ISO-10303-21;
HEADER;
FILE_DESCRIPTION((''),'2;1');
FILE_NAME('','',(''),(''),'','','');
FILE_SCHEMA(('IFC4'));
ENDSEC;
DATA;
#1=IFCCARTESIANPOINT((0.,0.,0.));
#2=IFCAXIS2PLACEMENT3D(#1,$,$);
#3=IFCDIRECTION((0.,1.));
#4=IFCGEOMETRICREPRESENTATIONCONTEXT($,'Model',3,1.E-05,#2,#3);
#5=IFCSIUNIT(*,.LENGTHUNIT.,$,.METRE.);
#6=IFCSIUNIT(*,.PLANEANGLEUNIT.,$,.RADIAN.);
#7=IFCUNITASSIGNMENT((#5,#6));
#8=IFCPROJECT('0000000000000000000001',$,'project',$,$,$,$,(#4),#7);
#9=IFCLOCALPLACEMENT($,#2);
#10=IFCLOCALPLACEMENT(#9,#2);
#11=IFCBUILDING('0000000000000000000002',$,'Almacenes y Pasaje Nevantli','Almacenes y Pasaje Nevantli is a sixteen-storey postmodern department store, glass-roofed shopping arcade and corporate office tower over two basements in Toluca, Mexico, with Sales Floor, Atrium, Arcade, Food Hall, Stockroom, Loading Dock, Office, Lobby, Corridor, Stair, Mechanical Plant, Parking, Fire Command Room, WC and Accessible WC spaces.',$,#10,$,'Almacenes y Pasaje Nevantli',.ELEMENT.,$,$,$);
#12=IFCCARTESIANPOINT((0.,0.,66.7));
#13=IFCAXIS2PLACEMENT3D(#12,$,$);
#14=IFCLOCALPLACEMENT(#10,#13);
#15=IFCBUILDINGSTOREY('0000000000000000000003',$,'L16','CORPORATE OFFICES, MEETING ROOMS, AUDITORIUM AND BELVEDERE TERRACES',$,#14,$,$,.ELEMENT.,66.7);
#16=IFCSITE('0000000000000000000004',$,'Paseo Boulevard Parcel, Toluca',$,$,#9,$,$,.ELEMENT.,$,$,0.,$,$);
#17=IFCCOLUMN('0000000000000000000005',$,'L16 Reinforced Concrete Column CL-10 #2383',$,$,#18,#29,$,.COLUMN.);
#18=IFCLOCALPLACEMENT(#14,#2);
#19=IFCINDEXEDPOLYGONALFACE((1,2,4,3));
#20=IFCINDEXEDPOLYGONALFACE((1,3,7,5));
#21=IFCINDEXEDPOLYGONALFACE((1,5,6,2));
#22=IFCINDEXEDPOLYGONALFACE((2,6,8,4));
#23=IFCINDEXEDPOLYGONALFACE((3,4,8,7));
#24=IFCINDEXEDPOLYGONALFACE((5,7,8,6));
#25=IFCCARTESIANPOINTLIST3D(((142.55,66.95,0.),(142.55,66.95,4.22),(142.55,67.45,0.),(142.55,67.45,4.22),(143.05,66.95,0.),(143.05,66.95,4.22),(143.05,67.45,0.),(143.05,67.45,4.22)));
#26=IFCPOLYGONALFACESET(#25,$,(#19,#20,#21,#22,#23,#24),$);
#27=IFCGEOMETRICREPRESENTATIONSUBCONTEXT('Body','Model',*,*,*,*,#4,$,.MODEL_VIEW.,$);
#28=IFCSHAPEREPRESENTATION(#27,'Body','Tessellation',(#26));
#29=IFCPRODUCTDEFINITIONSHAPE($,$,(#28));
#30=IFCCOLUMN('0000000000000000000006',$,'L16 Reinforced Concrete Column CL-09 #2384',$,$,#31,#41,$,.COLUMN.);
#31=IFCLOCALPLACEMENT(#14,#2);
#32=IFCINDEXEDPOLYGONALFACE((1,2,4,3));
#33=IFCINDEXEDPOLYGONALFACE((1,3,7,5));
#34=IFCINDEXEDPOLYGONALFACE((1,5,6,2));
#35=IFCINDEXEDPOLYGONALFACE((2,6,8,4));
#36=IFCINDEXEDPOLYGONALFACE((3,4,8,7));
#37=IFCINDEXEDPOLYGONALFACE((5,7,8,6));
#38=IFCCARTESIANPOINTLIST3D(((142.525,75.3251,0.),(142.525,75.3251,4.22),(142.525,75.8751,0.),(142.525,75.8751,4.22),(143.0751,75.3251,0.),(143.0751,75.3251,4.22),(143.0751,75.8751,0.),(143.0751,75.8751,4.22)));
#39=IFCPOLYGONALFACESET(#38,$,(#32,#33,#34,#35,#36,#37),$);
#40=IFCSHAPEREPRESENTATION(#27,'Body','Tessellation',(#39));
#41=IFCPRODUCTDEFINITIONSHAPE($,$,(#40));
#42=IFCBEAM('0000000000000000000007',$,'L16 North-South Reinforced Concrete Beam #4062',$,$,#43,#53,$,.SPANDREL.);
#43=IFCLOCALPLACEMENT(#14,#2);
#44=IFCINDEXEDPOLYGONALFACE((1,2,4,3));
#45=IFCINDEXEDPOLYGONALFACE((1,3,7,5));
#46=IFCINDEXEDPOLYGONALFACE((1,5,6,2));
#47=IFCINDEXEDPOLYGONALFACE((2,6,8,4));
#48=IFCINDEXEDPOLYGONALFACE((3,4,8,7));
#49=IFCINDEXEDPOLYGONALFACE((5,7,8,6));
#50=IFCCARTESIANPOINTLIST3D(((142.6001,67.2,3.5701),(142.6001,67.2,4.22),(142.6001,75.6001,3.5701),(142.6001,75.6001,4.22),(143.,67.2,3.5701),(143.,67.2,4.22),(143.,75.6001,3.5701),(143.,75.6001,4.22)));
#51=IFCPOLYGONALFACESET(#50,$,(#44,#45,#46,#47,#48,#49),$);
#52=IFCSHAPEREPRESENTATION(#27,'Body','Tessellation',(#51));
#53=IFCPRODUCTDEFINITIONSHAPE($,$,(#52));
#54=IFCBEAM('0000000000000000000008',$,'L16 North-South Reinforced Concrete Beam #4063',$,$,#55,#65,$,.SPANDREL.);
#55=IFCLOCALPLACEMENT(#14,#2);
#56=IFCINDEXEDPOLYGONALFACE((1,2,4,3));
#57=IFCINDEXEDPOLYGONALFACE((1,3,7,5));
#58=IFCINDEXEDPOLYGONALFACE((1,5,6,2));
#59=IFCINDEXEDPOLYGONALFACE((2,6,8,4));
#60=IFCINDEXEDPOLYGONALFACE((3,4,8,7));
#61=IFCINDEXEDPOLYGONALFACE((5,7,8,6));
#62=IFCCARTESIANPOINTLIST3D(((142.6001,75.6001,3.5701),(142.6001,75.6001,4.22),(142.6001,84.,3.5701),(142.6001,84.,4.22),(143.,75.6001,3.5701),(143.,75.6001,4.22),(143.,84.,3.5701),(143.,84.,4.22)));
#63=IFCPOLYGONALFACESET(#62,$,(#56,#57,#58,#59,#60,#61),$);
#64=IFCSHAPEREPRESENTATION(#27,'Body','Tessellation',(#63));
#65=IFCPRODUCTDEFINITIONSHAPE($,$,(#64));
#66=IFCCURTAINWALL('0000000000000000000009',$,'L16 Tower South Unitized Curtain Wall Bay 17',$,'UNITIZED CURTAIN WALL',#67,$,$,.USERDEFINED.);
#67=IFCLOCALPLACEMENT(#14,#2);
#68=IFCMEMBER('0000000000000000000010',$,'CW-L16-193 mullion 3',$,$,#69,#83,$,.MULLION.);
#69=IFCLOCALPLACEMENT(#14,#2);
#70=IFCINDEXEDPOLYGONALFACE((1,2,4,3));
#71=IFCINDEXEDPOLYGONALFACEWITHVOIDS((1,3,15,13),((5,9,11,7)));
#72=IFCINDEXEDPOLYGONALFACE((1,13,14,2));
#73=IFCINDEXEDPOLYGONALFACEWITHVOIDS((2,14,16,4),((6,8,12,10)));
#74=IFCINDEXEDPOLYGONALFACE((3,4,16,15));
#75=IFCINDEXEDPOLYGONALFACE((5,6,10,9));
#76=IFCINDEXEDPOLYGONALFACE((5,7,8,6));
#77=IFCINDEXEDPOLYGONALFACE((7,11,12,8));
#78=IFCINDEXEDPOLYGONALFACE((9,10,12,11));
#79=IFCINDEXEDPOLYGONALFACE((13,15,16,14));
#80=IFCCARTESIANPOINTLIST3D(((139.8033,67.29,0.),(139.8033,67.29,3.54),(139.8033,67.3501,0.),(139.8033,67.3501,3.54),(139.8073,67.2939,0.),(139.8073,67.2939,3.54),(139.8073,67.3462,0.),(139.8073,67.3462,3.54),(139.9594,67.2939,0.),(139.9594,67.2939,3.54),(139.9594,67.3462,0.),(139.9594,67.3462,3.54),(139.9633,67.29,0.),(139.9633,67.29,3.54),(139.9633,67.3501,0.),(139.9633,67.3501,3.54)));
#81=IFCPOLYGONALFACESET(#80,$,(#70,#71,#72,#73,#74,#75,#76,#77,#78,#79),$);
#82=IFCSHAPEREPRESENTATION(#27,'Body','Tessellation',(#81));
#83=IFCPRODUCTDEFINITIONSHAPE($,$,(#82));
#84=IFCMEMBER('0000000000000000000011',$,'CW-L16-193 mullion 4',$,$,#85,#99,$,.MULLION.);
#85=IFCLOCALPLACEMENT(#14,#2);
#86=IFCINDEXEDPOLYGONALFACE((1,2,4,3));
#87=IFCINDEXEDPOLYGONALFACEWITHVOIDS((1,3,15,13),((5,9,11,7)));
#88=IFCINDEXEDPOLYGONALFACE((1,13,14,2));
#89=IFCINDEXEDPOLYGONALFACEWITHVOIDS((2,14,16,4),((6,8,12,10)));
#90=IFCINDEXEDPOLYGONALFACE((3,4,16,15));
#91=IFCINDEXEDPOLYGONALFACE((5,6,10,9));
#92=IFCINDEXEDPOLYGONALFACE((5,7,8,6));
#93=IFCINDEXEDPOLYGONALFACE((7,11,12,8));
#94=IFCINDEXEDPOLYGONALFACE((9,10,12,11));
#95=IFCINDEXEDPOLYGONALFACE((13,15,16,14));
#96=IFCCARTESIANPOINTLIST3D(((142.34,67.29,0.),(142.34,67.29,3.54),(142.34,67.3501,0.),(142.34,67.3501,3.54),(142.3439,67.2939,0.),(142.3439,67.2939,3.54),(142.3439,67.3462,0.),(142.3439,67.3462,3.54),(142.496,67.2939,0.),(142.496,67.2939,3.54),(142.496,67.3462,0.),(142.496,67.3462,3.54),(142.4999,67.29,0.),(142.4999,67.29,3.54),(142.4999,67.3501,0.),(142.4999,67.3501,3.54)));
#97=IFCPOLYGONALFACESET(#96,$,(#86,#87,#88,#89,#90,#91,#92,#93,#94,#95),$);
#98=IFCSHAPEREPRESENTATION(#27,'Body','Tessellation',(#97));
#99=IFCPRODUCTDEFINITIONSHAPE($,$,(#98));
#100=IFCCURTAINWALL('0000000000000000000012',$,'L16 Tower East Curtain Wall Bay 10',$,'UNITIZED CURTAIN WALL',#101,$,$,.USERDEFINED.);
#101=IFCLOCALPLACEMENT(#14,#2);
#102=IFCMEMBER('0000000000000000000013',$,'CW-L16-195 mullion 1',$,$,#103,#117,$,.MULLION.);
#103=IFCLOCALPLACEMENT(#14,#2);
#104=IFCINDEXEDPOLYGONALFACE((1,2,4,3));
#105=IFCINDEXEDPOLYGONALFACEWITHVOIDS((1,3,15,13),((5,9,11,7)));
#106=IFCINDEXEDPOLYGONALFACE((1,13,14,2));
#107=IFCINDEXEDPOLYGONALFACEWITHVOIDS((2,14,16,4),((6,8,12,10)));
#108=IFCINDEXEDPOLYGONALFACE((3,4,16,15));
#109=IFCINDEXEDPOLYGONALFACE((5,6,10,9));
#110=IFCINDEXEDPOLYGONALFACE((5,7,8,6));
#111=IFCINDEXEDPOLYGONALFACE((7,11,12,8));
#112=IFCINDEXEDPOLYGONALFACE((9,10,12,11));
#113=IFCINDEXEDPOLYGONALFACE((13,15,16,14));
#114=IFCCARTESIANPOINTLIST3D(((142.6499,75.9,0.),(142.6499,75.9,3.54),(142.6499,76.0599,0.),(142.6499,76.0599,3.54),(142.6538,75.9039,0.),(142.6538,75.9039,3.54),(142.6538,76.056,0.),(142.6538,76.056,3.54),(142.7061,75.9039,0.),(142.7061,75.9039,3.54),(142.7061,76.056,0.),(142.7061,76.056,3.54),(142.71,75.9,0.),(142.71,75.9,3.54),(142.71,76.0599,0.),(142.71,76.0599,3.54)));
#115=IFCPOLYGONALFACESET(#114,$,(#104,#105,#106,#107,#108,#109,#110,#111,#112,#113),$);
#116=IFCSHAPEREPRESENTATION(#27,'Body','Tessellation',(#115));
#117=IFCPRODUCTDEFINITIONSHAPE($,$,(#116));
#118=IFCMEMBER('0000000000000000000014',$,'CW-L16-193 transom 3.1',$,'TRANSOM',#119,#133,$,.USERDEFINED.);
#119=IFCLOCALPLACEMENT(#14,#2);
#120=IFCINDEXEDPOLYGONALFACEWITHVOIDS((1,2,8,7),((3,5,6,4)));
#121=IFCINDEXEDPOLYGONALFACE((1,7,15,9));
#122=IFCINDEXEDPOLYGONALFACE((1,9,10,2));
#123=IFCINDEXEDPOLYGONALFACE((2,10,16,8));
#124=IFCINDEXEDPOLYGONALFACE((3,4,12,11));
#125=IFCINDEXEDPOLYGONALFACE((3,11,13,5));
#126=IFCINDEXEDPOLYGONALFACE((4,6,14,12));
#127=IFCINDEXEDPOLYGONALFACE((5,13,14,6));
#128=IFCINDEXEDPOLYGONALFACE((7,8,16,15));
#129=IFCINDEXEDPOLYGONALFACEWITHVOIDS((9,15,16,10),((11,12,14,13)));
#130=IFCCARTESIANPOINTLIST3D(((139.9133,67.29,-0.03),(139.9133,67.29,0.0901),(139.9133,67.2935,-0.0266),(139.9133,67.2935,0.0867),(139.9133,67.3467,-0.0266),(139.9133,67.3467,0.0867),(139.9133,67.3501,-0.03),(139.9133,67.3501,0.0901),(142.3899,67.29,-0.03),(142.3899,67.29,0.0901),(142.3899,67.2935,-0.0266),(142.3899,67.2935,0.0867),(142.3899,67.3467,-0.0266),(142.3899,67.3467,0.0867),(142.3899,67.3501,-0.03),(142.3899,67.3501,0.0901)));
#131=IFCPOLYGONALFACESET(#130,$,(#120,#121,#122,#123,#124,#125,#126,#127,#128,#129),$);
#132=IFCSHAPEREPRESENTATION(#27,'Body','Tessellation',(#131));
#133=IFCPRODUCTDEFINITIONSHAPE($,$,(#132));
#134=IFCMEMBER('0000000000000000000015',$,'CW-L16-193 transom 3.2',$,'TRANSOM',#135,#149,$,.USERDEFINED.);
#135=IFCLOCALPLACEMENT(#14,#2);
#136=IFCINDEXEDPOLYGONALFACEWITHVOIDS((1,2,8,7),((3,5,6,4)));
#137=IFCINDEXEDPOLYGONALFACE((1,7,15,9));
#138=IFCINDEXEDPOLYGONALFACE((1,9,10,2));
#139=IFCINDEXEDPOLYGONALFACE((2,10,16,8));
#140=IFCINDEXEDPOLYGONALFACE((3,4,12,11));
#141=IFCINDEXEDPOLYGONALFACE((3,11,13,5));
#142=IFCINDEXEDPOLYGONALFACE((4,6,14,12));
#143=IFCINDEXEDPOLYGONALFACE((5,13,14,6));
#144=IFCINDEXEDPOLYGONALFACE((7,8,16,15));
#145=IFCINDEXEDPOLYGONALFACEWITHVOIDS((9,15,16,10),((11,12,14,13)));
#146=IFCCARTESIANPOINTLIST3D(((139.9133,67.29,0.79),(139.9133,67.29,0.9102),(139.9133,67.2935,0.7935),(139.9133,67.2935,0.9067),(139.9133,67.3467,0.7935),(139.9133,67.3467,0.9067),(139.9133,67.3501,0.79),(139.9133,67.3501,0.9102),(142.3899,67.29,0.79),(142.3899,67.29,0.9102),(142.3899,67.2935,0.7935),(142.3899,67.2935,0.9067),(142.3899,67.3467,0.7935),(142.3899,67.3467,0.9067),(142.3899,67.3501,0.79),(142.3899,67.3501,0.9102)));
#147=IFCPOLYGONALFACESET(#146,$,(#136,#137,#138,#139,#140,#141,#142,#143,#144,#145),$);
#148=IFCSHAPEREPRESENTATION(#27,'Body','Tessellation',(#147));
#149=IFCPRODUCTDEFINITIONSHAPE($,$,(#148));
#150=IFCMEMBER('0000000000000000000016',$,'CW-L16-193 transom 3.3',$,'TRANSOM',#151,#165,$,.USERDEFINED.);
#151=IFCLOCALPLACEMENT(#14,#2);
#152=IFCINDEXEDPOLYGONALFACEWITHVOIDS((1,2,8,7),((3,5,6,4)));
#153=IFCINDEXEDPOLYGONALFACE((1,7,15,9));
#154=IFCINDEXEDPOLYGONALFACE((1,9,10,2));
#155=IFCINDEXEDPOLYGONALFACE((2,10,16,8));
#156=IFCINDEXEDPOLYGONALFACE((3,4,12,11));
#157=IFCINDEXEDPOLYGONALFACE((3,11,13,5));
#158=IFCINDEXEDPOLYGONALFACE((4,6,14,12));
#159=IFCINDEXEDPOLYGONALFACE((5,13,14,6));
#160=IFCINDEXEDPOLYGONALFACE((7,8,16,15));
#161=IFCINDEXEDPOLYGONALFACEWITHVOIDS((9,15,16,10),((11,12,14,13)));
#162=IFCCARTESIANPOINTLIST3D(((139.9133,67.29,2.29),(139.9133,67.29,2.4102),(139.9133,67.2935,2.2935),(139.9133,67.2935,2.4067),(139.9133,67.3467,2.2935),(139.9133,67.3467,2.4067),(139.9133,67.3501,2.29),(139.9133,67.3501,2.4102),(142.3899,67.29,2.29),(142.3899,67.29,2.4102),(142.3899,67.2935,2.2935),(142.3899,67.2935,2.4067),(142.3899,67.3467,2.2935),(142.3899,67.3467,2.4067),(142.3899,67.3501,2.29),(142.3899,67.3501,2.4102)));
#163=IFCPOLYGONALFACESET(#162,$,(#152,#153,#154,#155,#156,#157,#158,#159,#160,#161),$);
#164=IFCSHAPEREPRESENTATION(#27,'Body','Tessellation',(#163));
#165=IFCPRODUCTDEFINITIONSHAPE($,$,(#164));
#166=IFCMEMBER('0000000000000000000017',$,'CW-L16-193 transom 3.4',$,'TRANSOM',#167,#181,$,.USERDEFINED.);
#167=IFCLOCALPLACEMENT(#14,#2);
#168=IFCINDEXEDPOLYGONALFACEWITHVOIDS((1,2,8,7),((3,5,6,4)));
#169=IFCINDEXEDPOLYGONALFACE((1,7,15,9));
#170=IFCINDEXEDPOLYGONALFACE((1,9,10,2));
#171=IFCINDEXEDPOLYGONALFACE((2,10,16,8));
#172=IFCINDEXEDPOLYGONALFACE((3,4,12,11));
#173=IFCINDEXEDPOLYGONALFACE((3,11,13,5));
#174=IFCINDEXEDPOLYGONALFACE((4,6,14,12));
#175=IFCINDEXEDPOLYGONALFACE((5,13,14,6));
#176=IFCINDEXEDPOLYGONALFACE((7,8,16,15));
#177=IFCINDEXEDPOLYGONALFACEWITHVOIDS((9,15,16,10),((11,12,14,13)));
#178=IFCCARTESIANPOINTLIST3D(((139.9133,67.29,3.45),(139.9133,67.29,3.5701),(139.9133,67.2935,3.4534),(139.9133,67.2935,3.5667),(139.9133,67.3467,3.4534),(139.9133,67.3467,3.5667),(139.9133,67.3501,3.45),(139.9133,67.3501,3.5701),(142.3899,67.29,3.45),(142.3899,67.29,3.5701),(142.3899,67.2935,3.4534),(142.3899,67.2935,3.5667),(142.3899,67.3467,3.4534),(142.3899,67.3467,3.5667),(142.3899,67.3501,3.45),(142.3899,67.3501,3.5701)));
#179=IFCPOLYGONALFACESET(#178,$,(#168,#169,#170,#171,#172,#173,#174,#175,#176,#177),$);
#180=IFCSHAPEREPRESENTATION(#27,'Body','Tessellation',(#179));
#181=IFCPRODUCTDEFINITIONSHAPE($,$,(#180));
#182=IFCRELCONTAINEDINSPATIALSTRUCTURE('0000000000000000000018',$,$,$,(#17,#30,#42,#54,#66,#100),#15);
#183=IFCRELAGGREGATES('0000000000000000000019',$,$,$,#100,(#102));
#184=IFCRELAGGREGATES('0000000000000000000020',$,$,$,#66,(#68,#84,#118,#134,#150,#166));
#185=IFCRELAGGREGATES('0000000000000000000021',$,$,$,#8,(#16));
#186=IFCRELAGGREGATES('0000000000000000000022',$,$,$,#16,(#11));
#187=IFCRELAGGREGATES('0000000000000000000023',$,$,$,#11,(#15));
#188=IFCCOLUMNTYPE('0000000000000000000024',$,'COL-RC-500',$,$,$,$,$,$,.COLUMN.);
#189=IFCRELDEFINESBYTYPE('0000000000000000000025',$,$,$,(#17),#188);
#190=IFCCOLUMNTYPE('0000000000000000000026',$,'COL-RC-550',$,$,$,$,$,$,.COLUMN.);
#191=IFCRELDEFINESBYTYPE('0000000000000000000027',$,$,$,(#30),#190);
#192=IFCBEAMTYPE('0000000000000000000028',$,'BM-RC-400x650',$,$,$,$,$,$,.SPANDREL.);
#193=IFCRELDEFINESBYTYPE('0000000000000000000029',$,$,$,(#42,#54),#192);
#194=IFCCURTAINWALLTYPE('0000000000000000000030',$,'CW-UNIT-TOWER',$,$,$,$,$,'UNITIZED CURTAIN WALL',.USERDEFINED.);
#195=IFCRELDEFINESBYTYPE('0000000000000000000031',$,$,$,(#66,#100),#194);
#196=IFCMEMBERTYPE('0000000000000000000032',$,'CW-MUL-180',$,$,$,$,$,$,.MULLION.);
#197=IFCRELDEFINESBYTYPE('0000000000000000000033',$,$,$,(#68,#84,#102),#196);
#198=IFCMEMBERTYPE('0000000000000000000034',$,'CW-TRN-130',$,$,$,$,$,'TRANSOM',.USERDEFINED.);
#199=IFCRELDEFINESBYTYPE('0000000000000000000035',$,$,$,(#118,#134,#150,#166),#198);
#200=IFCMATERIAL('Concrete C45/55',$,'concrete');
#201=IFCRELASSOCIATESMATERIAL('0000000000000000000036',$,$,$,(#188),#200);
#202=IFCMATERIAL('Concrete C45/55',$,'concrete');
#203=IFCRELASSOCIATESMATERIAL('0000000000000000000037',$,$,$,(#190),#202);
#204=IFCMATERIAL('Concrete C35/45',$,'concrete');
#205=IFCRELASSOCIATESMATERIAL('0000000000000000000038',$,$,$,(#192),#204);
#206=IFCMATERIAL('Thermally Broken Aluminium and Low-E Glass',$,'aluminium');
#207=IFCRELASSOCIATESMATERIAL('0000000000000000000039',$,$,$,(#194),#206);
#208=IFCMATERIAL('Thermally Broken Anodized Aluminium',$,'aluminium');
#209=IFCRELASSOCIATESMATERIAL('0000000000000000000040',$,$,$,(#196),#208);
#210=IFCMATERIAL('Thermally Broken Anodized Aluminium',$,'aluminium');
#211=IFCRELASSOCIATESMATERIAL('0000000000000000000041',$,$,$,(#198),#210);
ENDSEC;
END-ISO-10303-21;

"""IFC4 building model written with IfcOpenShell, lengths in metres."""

from ifc_helpers import new_model, si_unit, direction, frame, origin, origin_2d, place, context, subcontext, project, spatial, rectangle, hollow_rectangle, extrude, material, material_profile, profile_set, type_object, element, aggregate, save


model = new_model("IFC4")

# Units and contexts
model_context = context("Model", 3, precision=1e-05, world=origin(), true_north=direction((0.0, 1.0)))
body_context = subcontext(model_context, "Body", "Model", "MODEL_VIEW")
ifc_project = project(units=[si_unit("LENGTHUNIT", "METRE"), si_unit("PLANEANGLEUNIT", "RADIAN")], contexts=[model_context])

# Site, building, storey
site_placement = place(None, origin())
site = spatial("IfcSite", under=ifc_project, at=site_placement, Name="Paseo Boulevard Parcel, Toluca", CompositionType="ELEMENT", RefElevation=0.0)
building_placement = place(site_placement, origin())
building = spatial("IfcBuilding", under=site, at=building_placement, Name="Almacenes y Pasaje Nevantli", Description="Almacenes y Pasaje Nevantli is a sixteen-storey postmodern department store, glass-roofed shopping arcade and corporate office tower over two basements in Toluca, Mexico, with Sales Floor, Atrium, Arcade, Food Hall, Stockroom, Loading Dock, Office, Lobby, Corridor, Stair, Mechanical Plant, Parking, Fire Command Room, WC and Accessible WC spaces.", LongName="Almacenes y Pasaje Nevantli", CompositionType="ELEMENT")
storey_placement = place(building_placement, frame((0.0, 0.0, 66.7)))
storey = spatial("IfcBuildingStorey", under=building, at=storey_placement, Name="L16", Description="CORPORATE OFFICES, MEETING ROOMS, AUDITORIUM AND BELVEDERE TERRACES", CompositionType="ELEMENT", Elevation=66.7)

# Columns
ifc_material_1 = material(Name="Concrete C45/55", Category="concrete")
ifc_material_profile_1 = material_profile(ifc_material_1, rectangle(XDim=0.5, YDim=0.5, at=origin_2d()), Name="RC-COL-500x500")
ifc_profile_set_1 = profile_set([ifc_material_profile_1], Name="Concrete C45/55")
column_type_1 = type_object("IfcColumnType", Name="COL-RC-500", PredefinedType="COLUMN", material=ifc_profile_set_1)
column_1_placement = place(storey_placement, frame((142.8, 67.2, 0.0), z_axis=(0.0, 0.0, 1.0), x_axis=(1.0, 0.0, 0.0)))
element("IfcColumn", 1, at=column_1_placement, inside=storey, type_object=column_type_1, Name="L16 Reinforced Concrete Column CL-10 #2383", PredefinedType="COLUMN", context=body_context, shape_type="SweptSolid", body=[
    extrude(rectangle(XDim=0.5, YDim=0.5, at=origin_2d()), origin(), (0.0, 0.0, 1.0), 4.22),
])
ifc_material_2 = material(Name="Concrete C45/55", Category="concrete")
ifc_material_profile_2 = material_profile(ifc_material_2, rectangle(XDim=0.55, YDim=0.55, at=origin_2d()), Name="RC-COL-550x550")
ifc_profile_set_2 = profile_set([ifc_material_profile_2], Name="Concrete C45/55")
column_type_2 = type_object("IfcColumnType", Name="COL-RC-550", PredefinedType="COLUMN", material=ifc_profile_set_2)
column_2_placement = place(storey_placement, frame((142.8, 75.6001, 0.0), z_axis=(0.0, 0.0, 1.0), x_axis=(1.0, 0.0, 0.0)))
element("IfcColumn", 2, at=column_2_placement, inside=storey, type_object=column_type_2, Name="L16 Reinforced Concrete Column CL-09 #2384", PredefinedType="COLUMN", context=body_context, shape_type="SweptSolid", body=[
    extrude(rectangle(XDim=0.55, YDim=0.55, at=origin_2d()), origin(), (0.0, 0.0, 1.0), 4.22),
])

# Beams
ifc_material_3 = material(Name="Concrete C35/45", Category="concrete")
ifc_material_profile_3 = material_profile(ifc_material_3, rectangle(XDim=0.3999, YDim=0.6499, at=origin_2d()), Name="RC-BM-400x650")
ifc_profile_set_3 = profile_set([ifc_material_profile_3], Name="Concrete C35/45")
beam_type = type_object("IfcBeamType", Name="BM-RC-400x650", PredefinedType="SPANDREL", material=ifc_profile_set_3)
beam_1_placement = place(storey_placement, frame((142.8, 67.2, 3.895), z_axis=(0.0, 1.0, 0.0), x_axis=(-1.0, 0.0, 0.0)))
element("IfcBeam", 3, at=beam_1_placement, inside=storey, type_object=beam_type, Name="L16 North-South Reinforced Concrete Beam #4062", PredefinedType="SPANDREL", context=body_context, shape_type="SweptSolid", body=[
    extrude(rectangle(XDim=0.3999, YDim=0.6499, at=origin_2d()), origin(), (0.0, 0.0, 1.0), 8.4001),
])
beam_2_placement = place(storey_placement, frame((142.8, 75.6001, 3.895), z_axis=(0.0, 1.0, 0.0), x_axis=(-1.0, 0.0, 0.0)))
element("IfcBeam", 4, at=beam_2_placement, inside=storey, type_object=beam_type, Name="L16 North-South Reinforced Concrete Beam #4063", PredefinedType="SPANDREL", context=body_context, shape_type="SweptSolid", body=[
    extrude(rectangle(XDim=0.3999, YDim=0.6499, at=origin_2d()), origin(), (0.0, 0.0, 1.0), 8.3999),
])

# Curtain wall, members
ifc_material_4 = material(Name="Thermally Broken Aluminium and Low-E Glass", Category="aluminium")
curtain_wall_type = type_object("IfcCurtainWallType", Name="CW-UNIT-TOWER", ElementType="UNITIZED CURTAIN WALL", PredefinedType="USERDEFINED", material=ifc_material_4)
curtain_wall_1_placement = place(storey_placement, origin())
curtain_wall_1 = element("IfcCurtainWall", 5, at=curtain_wall_1_placement, inside=storey, type_object=curtain_wall_type, Name="L16 Tower South Unitized Curtain Wall Bay 17", ObjectType="UNITIZED CURTAIN WALL", PredefinedType="USERDEFINED")
ifc_material_5 = material(Name="Thermally Broken Anodized Aluminium", Category="aluminium")
ifc_material_profile_4 = material_profile(ifc_material_5, hollow_rectangle(XDim=0.0601, YDim=0.1599, WallThickness=0.0039, at=origin_2d()), Name="ALU-MUL-60x160")
ifc_profile_set_4 = profile_set([ifc_material_profile_4], Name="Thermally Broken Anodized Aluminium")
member_type_1 = type_object("IfcMemberType", Name="CW-MUL-180", PredefinedType="MULLION", material=ifc_profile_set_4)
member_1_placement = place(storey_placement, frame((139.8833, 67.3201, 0.0), z_axis=(0.0, 0.0, 1.0), x_axis=(0.0, 1.0, 0.0)))
member_1 = element("IfcMember", 6, at=member_1_placement, type_object=member_type_1, Name="CW-L16-193 mullion 3", PredefinedType="MULLION", context=body_context, shape_type="SweptSolid", body=[
    extrude(hollow_rectangle(XDim=0.0601, YDim=0.1599, WallThickness=0.0039, at=origin_2d()), origin(), (0.0, 0.0, 1.0), 3.54),
])
member_2_placement = place(storey_placement, frame((142.4199, 67.3201, 0.0), z_axis=(0.0, 0.0, 1.0), x_axis=(0.0, 1.0, 0.0)))
member_2 = element("IfcMember", 7, at=member_2_placement, type_object=member_type_1, Name="CW-L16-193 mullion 4", PredefinedType="MULLION", context=body_context, shape_type="SweptSolid", body=[
    extrude(hollow_rectangle(XDim=0.0601, YDim=0.1599, WallThickness=0.0039, at=origin_2d()), origin(), (0.0, 0.0, 1.0), 3.54),
])

# Curtain wall, member
curtain_wall_2_placement = place(storey_placement, origin())
curtain_wall_2 = element("IfcCurtainWall", 8, at=curtain_wall_2_placement, inside=storey, type_object=curtain_wall_type, Name="L16 Tower East Curtain Wall Bay 10", ObjectType="UNITIZED CURTAIN WALL", PredefinedType="USERDEFINED")
member_3_placement = place(storey_placement, frame((142.6799, 75.98, 0.0), z_axis=(0.0, 0.0, 1.0), x_axis=(-1.0, 0.0, 0.0)))
member_3 = element("IfcMember", 9, at=member_3_placement, type_object=member_type_1, Name="CW-L16-195 mullion 1", PredefinedType="MULLION", context=body_context, shape_type="SweptSolid", body=[
    extrude(hollow_rectangle(XDim=0.0601, YDim=0.1599, WallThickness=0.0039, at=origin_2d()), origin(), (0.0, 0.0, 1.0), 3.54),
])
aggregate(curtain_wall_2, [member_3])

# Members
ifc_material_6 = material(Name="Thermally Broken Anodized Aluminium", Category="aluminium")
ifc_material_profile_5 = material_profile(ifc_material_6, hollow_rectangle(XDim=0.0601, YDim=0.1201, WallThickness=0.0034, at=origin_2d()), Name="ALU-TRN-60x120")
ifc_profile_set_5 = profile_set([ifc_material_profile_5], Name="Thermally Broken Anodized Aluminium")
member_type_2 = type_object("IfcMemberType", Name="CW-TRN-130", ElementType="TRANSOM", PredefinedType="USERDEFINED", material=ifc_profile_set_5)
member_4_placement = place(storey_placement, frame((139.9133, 67.3201, 0.03), z_axis=(1.0, 0.0, 0.0), x_axis=(0.0, 1.0, 0.0)))
member_4 = element("IfcMember", 10, at=member_4_placement, type_object=member_type_2, Name="CW-L16-193 transom 3.1", ObjectType="TRANSOM", PredefinedType="USERDEFINED", context=body_context, shape_type="SweptSolid", body=[
    extrude(hollow_rectangle(XDim=0.0601, YDim=0.1201, WallThickness=0.0034, at=origin_2d()), origin(), (0.0, 0.0, 1.0), 2.4766),
])
member_5_placement = place(storey_placement, frame((139.9133, 67.3201, 0.8501), z_axis=(1.0, 0.0, 0.0), x_axis=(0.0, 1.0, 0.0)))
member_5 = element("IfcMember", 11, at=member_5_placement, type_object=member_type_2, Name="CW-L16-193 transom 3.2", ObjectType="TRANSOM", PredefinedType="USERDEFINED", context=body_context, shape_type="SweptSolid", body=[
    extrude(hollow_rectangle(XDim=0.0601, YDim=0.1201, WallThickness=0.0034, at=origin_2d()), origin(), (0.0, 0.0, 1.0), 2.4766),
])
member_6_placement = place(storey_placement, frame((139.9133, 67.3201, 2.3501), z_axis=(1.0, 0.0, 0.0), x_axis=(0.0, 1.0, 0.0)))
member_6 = element("IfcMember", 12, at=member_6_placement, type_object=member_type_2, Name="CW-L16-193 transom 3.3", ObjectType="TRANSOM", PredefinedType="USERDEFINED", context=body_context, shape_type="SweptSolid", body=[
    extrude(hollow_rectangle(XDim=0.0601, YDim=0.1201, WallThickness=0.0034, at=origin_2d()), origin(), (0.0, 0.0, 1.0), 2.4766),
])
member_7_placement = place(storey_placement, frame((139.9133, 67.3201, 3.51), z_axis=(1.0, 0.0, 0.0), x_axis=(0.0, 1.0, 0.0)))
member_7 = element("IfcMember", 13, at=member_7_placement, type_object=member_type_2, Name="CW-L16-193 transom 3.4", ObjectType="TRANSOM", PredefinedType="USERDEFINED", context=body_context, shape_type="SweptSolid", body=[
    extrude(hollow_rectangle(XDim=0.0601, YDim=0.1201, WallThickness=0.0034, at=origin_2d()), origin(), (0.0, 0.0, 1.0), 2.4766),
])

aggregate(curtain_wall_1, [member_1, member_2, member_4, member_5, member_6, member_7])

save(model, "model.ifc")
